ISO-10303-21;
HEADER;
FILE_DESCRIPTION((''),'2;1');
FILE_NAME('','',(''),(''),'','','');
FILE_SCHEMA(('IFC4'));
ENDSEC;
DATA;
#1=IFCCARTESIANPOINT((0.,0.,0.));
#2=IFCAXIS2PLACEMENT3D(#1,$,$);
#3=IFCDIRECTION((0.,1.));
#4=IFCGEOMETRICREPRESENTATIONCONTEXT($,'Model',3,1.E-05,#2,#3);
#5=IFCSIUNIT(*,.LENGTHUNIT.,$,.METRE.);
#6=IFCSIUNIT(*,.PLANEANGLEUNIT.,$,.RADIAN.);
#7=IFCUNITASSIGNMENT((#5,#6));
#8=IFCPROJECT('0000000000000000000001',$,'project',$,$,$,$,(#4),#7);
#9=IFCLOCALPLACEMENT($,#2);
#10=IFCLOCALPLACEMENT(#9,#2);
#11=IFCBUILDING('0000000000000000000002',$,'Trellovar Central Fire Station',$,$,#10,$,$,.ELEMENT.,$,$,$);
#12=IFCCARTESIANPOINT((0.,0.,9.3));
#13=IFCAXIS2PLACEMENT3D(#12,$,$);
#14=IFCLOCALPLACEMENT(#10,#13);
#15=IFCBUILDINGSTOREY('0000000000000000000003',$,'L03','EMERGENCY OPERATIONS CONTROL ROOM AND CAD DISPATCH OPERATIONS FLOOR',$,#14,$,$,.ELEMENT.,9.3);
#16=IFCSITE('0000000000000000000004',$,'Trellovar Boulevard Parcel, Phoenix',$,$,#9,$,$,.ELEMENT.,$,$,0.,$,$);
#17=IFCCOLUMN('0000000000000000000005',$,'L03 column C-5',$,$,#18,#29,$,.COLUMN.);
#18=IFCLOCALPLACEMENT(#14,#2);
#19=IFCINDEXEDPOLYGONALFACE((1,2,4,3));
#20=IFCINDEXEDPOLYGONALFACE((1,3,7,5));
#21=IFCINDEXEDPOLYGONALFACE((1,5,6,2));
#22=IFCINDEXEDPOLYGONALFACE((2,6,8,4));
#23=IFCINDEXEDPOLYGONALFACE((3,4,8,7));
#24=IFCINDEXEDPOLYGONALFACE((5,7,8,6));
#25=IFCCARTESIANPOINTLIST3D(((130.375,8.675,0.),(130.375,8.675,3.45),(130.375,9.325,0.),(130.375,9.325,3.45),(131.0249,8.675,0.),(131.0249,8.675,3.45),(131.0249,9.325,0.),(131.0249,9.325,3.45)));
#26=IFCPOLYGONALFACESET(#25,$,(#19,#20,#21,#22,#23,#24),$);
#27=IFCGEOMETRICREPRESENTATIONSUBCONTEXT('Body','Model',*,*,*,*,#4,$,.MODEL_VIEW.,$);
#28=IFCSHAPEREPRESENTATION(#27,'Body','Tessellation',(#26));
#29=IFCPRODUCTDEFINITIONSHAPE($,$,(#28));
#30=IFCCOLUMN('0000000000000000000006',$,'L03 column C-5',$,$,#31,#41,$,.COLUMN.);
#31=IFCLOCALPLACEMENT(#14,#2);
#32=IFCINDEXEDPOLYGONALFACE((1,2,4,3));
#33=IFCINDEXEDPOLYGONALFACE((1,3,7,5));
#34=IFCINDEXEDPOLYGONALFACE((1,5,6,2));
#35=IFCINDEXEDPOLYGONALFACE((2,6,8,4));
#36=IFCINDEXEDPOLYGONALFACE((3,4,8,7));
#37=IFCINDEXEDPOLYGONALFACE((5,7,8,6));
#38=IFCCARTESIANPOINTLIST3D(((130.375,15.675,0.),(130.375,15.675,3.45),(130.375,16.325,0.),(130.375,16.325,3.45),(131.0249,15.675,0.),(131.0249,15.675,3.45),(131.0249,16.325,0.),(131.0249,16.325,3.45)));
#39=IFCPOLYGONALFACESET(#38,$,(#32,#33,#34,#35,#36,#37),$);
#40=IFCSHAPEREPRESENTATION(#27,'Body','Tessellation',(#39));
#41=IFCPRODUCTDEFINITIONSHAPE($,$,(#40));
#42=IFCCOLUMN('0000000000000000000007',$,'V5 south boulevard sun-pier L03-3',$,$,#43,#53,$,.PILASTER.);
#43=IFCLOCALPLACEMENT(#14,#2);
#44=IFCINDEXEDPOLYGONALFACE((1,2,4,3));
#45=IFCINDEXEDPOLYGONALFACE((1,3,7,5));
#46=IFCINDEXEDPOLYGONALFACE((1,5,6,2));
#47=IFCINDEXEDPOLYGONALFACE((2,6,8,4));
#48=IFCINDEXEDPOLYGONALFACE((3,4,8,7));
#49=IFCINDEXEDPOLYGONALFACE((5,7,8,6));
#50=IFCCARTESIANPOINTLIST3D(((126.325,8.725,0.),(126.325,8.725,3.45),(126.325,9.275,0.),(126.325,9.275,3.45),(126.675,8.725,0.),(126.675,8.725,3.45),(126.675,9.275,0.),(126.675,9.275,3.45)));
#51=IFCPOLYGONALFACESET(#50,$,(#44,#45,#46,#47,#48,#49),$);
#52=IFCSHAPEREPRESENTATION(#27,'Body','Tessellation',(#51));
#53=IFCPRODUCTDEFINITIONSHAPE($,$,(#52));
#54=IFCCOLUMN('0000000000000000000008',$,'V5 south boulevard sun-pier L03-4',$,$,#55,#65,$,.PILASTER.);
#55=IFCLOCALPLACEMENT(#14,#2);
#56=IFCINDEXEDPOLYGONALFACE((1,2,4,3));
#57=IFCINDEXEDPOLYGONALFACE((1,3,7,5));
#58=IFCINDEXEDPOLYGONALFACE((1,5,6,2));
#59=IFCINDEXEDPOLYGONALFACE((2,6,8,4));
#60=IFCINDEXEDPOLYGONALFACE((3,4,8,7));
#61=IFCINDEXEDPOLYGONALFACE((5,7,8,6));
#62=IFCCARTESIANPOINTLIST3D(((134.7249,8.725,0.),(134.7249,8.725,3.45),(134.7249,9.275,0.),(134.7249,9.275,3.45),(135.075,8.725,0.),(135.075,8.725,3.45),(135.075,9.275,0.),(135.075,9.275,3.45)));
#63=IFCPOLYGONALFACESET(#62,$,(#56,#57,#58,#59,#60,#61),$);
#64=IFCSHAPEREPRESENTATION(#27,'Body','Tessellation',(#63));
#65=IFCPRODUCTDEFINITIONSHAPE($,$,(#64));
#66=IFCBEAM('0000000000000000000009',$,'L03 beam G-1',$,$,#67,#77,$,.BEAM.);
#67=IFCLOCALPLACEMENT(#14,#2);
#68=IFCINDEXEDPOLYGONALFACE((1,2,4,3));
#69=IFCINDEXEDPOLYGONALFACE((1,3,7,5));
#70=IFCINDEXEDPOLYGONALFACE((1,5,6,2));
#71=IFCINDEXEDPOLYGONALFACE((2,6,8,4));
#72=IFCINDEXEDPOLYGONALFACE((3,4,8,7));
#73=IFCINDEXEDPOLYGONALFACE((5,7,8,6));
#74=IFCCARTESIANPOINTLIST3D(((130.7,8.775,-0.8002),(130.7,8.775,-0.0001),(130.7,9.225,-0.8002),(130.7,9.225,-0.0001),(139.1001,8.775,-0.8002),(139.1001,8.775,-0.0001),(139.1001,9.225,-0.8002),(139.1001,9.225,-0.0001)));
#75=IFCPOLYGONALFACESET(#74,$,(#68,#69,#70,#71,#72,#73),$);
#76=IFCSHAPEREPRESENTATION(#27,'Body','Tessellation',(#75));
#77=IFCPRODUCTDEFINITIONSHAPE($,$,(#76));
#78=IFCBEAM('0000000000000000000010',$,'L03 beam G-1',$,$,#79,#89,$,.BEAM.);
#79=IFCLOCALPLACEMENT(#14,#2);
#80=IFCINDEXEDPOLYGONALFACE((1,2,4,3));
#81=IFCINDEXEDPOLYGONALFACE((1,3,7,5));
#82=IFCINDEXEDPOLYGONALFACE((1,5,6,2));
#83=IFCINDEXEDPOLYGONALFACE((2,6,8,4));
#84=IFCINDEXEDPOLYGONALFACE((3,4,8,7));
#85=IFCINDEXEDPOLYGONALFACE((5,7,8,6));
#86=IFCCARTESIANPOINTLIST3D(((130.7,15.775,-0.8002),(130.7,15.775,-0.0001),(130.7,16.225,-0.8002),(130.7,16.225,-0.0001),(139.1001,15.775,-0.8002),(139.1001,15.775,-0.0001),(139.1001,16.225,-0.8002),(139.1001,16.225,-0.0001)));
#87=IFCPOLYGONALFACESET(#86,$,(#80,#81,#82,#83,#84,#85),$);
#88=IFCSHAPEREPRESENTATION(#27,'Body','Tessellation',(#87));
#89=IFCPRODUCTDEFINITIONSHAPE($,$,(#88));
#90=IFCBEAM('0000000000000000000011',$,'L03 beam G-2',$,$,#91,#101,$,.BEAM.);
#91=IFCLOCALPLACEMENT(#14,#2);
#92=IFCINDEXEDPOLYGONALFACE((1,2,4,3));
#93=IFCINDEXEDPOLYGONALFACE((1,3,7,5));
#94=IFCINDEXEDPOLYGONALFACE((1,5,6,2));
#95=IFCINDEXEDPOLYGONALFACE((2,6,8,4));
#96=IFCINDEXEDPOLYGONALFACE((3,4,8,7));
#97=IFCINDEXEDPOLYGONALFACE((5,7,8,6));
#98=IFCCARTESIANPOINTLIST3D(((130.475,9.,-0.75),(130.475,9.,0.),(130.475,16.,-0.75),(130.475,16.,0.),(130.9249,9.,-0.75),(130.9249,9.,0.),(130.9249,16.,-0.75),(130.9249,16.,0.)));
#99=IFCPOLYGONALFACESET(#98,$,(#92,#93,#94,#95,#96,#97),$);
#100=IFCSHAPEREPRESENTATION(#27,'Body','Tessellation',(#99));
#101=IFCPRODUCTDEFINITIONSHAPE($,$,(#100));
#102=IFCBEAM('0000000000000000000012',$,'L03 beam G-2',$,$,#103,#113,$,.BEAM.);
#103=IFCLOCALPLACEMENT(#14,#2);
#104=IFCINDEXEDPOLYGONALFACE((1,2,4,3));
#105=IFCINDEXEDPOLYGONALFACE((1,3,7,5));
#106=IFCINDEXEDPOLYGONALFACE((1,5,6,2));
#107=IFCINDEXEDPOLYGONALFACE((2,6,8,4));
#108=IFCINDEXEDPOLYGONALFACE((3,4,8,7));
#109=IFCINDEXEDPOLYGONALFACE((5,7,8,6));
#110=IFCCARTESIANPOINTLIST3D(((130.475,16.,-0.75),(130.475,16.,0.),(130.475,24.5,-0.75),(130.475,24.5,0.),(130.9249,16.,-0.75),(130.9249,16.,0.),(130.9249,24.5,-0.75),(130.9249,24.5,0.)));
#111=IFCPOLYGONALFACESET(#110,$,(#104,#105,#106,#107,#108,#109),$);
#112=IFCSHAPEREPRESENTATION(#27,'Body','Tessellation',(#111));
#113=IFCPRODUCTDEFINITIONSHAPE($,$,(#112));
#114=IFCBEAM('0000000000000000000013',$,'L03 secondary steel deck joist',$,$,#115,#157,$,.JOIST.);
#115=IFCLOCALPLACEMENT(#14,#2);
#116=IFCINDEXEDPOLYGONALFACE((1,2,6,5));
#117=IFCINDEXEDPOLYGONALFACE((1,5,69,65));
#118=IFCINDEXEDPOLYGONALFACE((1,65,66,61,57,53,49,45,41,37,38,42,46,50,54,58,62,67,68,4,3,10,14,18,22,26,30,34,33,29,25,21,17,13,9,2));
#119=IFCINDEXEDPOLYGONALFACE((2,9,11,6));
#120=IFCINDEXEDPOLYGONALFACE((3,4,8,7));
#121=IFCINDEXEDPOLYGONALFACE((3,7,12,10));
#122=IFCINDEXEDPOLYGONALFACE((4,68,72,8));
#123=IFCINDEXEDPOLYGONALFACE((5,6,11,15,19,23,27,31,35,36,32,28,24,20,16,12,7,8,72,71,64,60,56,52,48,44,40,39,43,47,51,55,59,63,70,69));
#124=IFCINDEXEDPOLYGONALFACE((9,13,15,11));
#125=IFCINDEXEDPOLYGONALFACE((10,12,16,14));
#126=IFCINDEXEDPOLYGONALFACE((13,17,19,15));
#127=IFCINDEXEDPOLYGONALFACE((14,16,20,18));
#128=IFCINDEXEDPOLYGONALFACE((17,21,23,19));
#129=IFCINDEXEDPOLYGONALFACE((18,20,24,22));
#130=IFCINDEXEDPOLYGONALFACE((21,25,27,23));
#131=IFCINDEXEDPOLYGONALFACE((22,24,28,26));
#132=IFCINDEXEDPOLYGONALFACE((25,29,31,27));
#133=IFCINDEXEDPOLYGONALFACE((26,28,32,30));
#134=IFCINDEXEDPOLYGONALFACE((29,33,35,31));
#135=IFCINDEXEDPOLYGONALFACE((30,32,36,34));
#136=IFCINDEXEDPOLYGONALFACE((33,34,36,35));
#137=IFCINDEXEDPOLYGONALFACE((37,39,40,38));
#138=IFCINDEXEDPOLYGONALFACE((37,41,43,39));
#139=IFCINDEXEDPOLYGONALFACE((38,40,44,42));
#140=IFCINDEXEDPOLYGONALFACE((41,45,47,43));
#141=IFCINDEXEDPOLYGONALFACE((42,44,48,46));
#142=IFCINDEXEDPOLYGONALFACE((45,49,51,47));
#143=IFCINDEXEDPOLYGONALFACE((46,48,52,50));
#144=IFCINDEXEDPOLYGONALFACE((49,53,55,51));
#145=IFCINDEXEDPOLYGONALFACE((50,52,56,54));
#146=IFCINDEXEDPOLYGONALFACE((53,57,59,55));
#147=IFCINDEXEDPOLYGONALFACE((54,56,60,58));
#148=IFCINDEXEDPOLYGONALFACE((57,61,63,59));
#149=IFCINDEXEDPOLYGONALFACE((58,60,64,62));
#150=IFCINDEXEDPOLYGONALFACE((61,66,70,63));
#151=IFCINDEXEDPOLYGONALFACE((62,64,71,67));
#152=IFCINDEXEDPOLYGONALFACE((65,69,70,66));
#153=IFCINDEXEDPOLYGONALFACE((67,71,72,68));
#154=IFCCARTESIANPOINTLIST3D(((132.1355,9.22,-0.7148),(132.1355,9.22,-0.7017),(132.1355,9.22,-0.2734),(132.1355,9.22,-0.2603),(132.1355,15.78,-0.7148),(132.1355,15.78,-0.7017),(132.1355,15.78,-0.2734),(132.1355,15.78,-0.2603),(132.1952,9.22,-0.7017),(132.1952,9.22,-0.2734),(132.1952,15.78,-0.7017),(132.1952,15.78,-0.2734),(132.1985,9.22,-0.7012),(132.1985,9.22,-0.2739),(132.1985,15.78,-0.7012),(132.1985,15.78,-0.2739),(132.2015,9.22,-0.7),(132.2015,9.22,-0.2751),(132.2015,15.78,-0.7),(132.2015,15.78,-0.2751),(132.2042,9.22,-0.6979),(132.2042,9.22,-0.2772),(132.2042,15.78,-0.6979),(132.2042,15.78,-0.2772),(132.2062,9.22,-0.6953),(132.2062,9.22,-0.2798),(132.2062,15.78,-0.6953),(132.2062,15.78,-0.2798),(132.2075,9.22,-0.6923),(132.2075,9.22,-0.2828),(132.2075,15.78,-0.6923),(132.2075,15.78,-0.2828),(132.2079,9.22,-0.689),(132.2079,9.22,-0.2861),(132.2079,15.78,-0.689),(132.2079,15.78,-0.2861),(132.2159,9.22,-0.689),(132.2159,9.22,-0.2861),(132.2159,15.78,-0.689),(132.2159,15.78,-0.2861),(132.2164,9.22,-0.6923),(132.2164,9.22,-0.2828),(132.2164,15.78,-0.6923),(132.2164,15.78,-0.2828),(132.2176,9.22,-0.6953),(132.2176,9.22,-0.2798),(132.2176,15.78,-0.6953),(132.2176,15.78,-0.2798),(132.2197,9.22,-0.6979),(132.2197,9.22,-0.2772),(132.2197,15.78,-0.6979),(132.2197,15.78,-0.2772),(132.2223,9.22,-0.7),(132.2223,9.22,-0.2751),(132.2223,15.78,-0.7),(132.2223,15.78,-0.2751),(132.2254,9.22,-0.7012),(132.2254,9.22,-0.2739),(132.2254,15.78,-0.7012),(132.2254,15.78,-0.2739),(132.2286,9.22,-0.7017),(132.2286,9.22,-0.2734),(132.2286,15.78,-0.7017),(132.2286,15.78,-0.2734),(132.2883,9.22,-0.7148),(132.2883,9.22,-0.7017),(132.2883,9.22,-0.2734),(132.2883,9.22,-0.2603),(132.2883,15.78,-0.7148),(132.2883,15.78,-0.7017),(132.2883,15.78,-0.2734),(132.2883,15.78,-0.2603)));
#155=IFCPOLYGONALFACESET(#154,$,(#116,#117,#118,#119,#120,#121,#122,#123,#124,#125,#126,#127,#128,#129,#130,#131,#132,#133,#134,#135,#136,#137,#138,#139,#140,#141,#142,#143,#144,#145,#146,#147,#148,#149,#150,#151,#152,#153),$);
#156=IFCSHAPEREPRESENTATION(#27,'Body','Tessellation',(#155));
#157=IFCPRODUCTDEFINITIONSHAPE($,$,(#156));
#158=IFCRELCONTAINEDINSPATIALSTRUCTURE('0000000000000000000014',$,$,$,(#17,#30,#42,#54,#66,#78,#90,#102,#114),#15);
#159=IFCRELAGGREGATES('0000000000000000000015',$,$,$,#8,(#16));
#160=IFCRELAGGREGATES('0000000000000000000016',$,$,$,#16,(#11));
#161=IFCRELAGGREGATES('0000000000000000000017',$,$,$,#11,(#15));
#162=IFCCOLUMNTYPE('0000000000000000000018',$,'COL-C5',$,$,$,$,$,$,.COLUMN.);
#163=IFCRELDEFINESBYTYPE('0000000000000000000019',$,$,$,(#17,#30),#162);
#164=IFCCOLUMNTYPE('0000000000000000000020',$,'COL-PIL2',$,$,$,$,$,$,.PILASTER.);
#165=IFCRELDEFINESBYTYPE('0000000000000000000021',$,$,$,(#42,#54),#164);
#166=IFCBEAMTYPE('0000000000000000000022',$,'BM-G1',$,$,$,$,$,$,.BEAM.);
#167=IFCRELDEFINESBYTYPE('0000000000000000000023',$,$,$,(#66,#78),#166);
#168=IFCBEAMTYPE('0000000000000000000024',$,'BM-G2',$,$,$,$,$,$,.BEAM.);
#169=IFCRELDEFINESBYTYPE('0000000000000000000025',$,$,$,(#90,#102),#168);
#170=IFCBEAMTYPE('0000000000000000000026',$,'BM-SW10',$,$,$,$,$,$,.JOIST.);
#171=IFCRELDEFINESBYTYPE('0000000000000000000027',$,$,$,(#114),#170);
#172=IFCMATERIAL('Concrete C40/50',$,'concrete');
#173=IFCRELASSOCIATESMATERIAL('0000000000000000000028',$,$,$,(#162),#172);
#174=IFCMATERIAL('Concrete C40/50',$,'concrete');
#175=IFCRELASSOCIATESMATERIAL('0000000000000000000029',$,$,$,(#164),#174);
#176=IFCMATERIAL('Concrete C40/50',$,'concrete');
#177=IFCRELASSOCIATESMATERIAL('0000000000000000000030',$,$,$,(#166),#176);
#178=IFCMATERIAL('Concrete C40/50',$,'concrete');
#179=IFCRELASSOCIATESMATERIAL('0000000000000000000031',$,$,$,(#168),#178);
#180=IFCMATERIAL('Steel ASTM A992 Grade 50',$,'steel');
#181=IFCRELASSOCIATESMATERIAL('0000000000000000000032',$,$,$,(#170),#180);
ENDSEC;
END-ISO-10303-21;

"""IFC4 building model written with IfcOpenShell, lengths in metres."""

from ifc_helpers import new_model, si_unit, direction, frame, origin, origin_2d, place, context, subcontext, project, spatial, rectangle, i_section, extrude, material, material_profile, profile_set, type_object, element, save


model = new_model("IFC4")

# Units and contexts
model_context = context("Model", 3, precision=1e-05, world=origin(), true_north=direction((0.0, 1.0)))
body_context = subcontext(model_context, "Body", "Model", "MODEL_VIEW")
ifc_project = project(units=[si_unit("LENGTHUNIT", "METRE"), si_unit("PLANEANGLEUNIT", "RADIAN")], contexts=[model_context])

# Site, building, storey
site_placement = place(None, origin())
site = spatial("IfcSite", under=ifc_project, at=site_placement, Name="Trellovar Boulevard Parcel, Phoenix", CompositionType="ELEMENT", RefElevation=0.0)
building_placement = place(site_placement, origin())
building = spatial("IfcBuilding", under=site, at=building_placement, Name="Trellovar Central Fire Station", CompositionType="ELEMENT")
storey_placement = place(building_placement, frame((0.0, 0.0, 9.3)))
storey = spatial("IfcBuildingStorey", under=building, at=storey_placement, Name="L03", Description="EMERGENCY OPERATIONS CONTROL ROOM AND CAD DISPATCH OPERATIONS FLOOR", CompositionType="ELEMENT", Elevation=9.3)

# Columns
ifc_material_1 = material(Name="Concrete C40/50", Category="concrete")
ifc_material_profile_1 = material_profile(ifc_material_1, rectangle(XDim=0.6499, YDim=0.6499, at=origin_2d()), Name="RC650X650")
ifc_profile_set_1 = profile_set([ifc_material_profile_1], Name="Concrete C40/50")
column_type_1 = type_object("IfcColumnType", Name="COL-C5", PredefinedType="COLUMN", material=ifc_profile_set_1)
for number, where, z_axis, x_axis, name in (
    (1, (130.7, 9.0, 0.0), (0.0, 0.0, 1.0), (1.0, 0.0, 0.0), "L03 column C-5"),
    (2, (130.7, 16.0, 0.0), (0.0, 0.0, 1.0), (1.0, 0.0, 0.0), "L03 column C-5"),
):
    element("IfcColumn", number, at=place(storey_placement, frame(where, z_axis=z_axis, x_axis=x_axis)), inside=storey, type_object=column_type_1, Name=name, PredefinedType="COLUMN", context=body_context, shape_type="SweptSolid", body=[
        extrude(rectangle(XDim=0.6499, YDim=0.6499, at=origin_2d()), origin(), (0.0, 0.0, 1.0), 3.45),
    ])
ifc_material_2 = material(Name="Concrete C40/50", Category="concrete")
ifc_material_profile_2 = material_profile(ifc_material_2, rectangle(XDim=0.3501, YDim=0.55, at=origin_2d()), Name="RC350X550")
ifc_profile_set_2 = profile_set([ifc_material_profile_2], Name="Concrete C40/50")
column_type_2 = type_object("IfcColumnType", Name="COL-PIL2", PredefinedType="PILASTER", material=ifc_profile_set_2)
for number, where, z_axis, x_axis, name in (
    (3, (126.5, 9.0, 0.0), (0.0, 0.0, 1.0), (1.0, 0.0, 0.0), "V5 south boulevard sun-pier L03-3"),
    (4, (134.8999, 9.0, 0.0), (0.0, 0.0, 1.0), (1.0, 0.0, 0.0), "V5 south boulevard sun-pier L03-4"),
):
    element("IfcColumn", number, at=place(storey_placement, frame(where, z_axis=z_axis, x_axis=x_axis)), inside=storey, type_object=column_type_2, Name=name, PredefinedType="PILASTER", context=body_context, shape_type="SweptSolid", body=[
        extrude(rectangle(XDim=0.3501, YDim=0.55, at=origin_2d()), origin(), (0.0, 0.0, 1.0), 3.45),
    ])

# Beams
ifc_material_3 = material(Name="Concrete C40/50", Category="concrete")
ifc_material_profile_3 = material_profile(ifc_material_3, rectangle(XDim=0.45, YDim=0.8, at=origin_2d()), Name="RC450X800")
ifc_profile_set_3 = profile_set([ifc_material_profile_3], Name="Concrete C40/50")
beam_type_1 = type_object("IfcBeamType", Name="BM-G1", PredefinedType="BEAM", material=ifc_profile_set_3)
for number, where, z_axis, x_axis, name in (
    (5, (130.7, 9.0, -0.4001), (1.0, 0.0, 0.0), (0.0, 1.0, 0.0), "L03 beam G-1"),
    (6, (130.7, 16.0, -0.4001), (1.0, 0.0, 0.0), (0.0, 1.0, 0.0), "L03 beam G-1"),
):
    element("IfcBeam", number, at=place(storey_placement, frame(where, z_axis=z_axis, x_axis=x_axis)), inside=storey, type_object=beam_type_1, Name=name, PredefinedType="BEAM", context=body_context, shape_type="SweptSolid", body=[
        extrude(rectangle(XDim=0.45, YDim=0.8, at=origin_2d()), origin(), (0.0, 0.0, 1.0), 8.4001),
    ])
ifc_material_4 = material(Name="Concrete C40/50", Category="concrete")
ifc_material_profile_4 = material_profile(ifc_material_4, rectangle(XDim=0.45, YDim=0.75, at=origin_2d()), Name="RC450X750")
ifc_profile_set_4 = profile_set([ifc_material_profile_4], Name="Concrete C40/50")
beam_type_2 = type_object("IfcBeamType", Name="BM-G2", PredefinedType="BEAM", material=ifc_profile_set_4)
beam_1_placement = place(storey_placement, frame((130.7, 9.0, -0.375), z_axis=(0.0, 1.0, 0.0), x_axis=(-1.0, 0.0, 0.0)))
element("IfcBeam", 7, at=beam_1_placement, inside=storey, type_object=beam_type_2, Name="L03 beam G-2", PredefinedType="BEAM", context=body_context, shape_type="SweptSolid", body=[
    extrude(rectangle(XDim=0.45, YDim=0.75, at=origin_2d()), origin(), (0.0, 0.0, 1.0), 7.0),
])
beam_2_placement = place(storey_placement, frame((130.7, 16.0, -0.375), z_axis=(0.0, 1.0, 0.0), x_axis=(-1.0, 0.0, 0.0)))
element("IfcBeam", 8, at=beam_2_placement, inside=storey, type_object=beam_type_2, Name="L03 beam G-2", PredefinedType="BEAM", context=body_context, shape_type="SweptSolid", body=[
    extrude(rectangle(XDim=0.45, YDim=0.75, at=origin_2d()), origin(), (0.0, 0.0, 1.0), 8.5),
])
ifc_material_5 = material(Name="Steel ASTM A992 Grade 50", Category="steel")
ifc_material_profile_5 = material_profile(ifc_material_5, i_section(OverallWidth=0.1528, OverallDepth=0.4546, WebThickness=0.0081, FlangeThickness=0.0132, FilletRadius=0.0127, at=origin_2d()), Name="W18X40")
ifc_profile_set_5 = profile_set([ifc_material_profile_5], Name="Steel ASTM A992 Grade 50")
beam_type_3 = type_object("IfcBeamType", Name="BM-SW10", PredefinedType="JOIST", material=ifc_profile_set_5)
beam_3_placement = place(storey_placement, frame((132.2119, 9.22, -0.4875), z_axis=(0.0, 1.0, 0.0), x_axis=(-1.0, 0.0, 0.0)))
element("IfcBeam", 9, at=beam_3_placement, inside=storey, type_object=beam_type_3, Name="L03 secondary steel deck joist", PredefinedType="JOIST", context=body_context, shape_type="SweptSolid", body=[
    extrude(i_section(OverallWidth=0.1528, OverallDepth=0.4546, WebThickness=0.0081, FlangeThickness=0.0132, FilletRadius=0.0127, at=origin_2d()), origin(), (0.0, 0.0, 1.0), 6.5601),
])

save(model, "model.ifc")
